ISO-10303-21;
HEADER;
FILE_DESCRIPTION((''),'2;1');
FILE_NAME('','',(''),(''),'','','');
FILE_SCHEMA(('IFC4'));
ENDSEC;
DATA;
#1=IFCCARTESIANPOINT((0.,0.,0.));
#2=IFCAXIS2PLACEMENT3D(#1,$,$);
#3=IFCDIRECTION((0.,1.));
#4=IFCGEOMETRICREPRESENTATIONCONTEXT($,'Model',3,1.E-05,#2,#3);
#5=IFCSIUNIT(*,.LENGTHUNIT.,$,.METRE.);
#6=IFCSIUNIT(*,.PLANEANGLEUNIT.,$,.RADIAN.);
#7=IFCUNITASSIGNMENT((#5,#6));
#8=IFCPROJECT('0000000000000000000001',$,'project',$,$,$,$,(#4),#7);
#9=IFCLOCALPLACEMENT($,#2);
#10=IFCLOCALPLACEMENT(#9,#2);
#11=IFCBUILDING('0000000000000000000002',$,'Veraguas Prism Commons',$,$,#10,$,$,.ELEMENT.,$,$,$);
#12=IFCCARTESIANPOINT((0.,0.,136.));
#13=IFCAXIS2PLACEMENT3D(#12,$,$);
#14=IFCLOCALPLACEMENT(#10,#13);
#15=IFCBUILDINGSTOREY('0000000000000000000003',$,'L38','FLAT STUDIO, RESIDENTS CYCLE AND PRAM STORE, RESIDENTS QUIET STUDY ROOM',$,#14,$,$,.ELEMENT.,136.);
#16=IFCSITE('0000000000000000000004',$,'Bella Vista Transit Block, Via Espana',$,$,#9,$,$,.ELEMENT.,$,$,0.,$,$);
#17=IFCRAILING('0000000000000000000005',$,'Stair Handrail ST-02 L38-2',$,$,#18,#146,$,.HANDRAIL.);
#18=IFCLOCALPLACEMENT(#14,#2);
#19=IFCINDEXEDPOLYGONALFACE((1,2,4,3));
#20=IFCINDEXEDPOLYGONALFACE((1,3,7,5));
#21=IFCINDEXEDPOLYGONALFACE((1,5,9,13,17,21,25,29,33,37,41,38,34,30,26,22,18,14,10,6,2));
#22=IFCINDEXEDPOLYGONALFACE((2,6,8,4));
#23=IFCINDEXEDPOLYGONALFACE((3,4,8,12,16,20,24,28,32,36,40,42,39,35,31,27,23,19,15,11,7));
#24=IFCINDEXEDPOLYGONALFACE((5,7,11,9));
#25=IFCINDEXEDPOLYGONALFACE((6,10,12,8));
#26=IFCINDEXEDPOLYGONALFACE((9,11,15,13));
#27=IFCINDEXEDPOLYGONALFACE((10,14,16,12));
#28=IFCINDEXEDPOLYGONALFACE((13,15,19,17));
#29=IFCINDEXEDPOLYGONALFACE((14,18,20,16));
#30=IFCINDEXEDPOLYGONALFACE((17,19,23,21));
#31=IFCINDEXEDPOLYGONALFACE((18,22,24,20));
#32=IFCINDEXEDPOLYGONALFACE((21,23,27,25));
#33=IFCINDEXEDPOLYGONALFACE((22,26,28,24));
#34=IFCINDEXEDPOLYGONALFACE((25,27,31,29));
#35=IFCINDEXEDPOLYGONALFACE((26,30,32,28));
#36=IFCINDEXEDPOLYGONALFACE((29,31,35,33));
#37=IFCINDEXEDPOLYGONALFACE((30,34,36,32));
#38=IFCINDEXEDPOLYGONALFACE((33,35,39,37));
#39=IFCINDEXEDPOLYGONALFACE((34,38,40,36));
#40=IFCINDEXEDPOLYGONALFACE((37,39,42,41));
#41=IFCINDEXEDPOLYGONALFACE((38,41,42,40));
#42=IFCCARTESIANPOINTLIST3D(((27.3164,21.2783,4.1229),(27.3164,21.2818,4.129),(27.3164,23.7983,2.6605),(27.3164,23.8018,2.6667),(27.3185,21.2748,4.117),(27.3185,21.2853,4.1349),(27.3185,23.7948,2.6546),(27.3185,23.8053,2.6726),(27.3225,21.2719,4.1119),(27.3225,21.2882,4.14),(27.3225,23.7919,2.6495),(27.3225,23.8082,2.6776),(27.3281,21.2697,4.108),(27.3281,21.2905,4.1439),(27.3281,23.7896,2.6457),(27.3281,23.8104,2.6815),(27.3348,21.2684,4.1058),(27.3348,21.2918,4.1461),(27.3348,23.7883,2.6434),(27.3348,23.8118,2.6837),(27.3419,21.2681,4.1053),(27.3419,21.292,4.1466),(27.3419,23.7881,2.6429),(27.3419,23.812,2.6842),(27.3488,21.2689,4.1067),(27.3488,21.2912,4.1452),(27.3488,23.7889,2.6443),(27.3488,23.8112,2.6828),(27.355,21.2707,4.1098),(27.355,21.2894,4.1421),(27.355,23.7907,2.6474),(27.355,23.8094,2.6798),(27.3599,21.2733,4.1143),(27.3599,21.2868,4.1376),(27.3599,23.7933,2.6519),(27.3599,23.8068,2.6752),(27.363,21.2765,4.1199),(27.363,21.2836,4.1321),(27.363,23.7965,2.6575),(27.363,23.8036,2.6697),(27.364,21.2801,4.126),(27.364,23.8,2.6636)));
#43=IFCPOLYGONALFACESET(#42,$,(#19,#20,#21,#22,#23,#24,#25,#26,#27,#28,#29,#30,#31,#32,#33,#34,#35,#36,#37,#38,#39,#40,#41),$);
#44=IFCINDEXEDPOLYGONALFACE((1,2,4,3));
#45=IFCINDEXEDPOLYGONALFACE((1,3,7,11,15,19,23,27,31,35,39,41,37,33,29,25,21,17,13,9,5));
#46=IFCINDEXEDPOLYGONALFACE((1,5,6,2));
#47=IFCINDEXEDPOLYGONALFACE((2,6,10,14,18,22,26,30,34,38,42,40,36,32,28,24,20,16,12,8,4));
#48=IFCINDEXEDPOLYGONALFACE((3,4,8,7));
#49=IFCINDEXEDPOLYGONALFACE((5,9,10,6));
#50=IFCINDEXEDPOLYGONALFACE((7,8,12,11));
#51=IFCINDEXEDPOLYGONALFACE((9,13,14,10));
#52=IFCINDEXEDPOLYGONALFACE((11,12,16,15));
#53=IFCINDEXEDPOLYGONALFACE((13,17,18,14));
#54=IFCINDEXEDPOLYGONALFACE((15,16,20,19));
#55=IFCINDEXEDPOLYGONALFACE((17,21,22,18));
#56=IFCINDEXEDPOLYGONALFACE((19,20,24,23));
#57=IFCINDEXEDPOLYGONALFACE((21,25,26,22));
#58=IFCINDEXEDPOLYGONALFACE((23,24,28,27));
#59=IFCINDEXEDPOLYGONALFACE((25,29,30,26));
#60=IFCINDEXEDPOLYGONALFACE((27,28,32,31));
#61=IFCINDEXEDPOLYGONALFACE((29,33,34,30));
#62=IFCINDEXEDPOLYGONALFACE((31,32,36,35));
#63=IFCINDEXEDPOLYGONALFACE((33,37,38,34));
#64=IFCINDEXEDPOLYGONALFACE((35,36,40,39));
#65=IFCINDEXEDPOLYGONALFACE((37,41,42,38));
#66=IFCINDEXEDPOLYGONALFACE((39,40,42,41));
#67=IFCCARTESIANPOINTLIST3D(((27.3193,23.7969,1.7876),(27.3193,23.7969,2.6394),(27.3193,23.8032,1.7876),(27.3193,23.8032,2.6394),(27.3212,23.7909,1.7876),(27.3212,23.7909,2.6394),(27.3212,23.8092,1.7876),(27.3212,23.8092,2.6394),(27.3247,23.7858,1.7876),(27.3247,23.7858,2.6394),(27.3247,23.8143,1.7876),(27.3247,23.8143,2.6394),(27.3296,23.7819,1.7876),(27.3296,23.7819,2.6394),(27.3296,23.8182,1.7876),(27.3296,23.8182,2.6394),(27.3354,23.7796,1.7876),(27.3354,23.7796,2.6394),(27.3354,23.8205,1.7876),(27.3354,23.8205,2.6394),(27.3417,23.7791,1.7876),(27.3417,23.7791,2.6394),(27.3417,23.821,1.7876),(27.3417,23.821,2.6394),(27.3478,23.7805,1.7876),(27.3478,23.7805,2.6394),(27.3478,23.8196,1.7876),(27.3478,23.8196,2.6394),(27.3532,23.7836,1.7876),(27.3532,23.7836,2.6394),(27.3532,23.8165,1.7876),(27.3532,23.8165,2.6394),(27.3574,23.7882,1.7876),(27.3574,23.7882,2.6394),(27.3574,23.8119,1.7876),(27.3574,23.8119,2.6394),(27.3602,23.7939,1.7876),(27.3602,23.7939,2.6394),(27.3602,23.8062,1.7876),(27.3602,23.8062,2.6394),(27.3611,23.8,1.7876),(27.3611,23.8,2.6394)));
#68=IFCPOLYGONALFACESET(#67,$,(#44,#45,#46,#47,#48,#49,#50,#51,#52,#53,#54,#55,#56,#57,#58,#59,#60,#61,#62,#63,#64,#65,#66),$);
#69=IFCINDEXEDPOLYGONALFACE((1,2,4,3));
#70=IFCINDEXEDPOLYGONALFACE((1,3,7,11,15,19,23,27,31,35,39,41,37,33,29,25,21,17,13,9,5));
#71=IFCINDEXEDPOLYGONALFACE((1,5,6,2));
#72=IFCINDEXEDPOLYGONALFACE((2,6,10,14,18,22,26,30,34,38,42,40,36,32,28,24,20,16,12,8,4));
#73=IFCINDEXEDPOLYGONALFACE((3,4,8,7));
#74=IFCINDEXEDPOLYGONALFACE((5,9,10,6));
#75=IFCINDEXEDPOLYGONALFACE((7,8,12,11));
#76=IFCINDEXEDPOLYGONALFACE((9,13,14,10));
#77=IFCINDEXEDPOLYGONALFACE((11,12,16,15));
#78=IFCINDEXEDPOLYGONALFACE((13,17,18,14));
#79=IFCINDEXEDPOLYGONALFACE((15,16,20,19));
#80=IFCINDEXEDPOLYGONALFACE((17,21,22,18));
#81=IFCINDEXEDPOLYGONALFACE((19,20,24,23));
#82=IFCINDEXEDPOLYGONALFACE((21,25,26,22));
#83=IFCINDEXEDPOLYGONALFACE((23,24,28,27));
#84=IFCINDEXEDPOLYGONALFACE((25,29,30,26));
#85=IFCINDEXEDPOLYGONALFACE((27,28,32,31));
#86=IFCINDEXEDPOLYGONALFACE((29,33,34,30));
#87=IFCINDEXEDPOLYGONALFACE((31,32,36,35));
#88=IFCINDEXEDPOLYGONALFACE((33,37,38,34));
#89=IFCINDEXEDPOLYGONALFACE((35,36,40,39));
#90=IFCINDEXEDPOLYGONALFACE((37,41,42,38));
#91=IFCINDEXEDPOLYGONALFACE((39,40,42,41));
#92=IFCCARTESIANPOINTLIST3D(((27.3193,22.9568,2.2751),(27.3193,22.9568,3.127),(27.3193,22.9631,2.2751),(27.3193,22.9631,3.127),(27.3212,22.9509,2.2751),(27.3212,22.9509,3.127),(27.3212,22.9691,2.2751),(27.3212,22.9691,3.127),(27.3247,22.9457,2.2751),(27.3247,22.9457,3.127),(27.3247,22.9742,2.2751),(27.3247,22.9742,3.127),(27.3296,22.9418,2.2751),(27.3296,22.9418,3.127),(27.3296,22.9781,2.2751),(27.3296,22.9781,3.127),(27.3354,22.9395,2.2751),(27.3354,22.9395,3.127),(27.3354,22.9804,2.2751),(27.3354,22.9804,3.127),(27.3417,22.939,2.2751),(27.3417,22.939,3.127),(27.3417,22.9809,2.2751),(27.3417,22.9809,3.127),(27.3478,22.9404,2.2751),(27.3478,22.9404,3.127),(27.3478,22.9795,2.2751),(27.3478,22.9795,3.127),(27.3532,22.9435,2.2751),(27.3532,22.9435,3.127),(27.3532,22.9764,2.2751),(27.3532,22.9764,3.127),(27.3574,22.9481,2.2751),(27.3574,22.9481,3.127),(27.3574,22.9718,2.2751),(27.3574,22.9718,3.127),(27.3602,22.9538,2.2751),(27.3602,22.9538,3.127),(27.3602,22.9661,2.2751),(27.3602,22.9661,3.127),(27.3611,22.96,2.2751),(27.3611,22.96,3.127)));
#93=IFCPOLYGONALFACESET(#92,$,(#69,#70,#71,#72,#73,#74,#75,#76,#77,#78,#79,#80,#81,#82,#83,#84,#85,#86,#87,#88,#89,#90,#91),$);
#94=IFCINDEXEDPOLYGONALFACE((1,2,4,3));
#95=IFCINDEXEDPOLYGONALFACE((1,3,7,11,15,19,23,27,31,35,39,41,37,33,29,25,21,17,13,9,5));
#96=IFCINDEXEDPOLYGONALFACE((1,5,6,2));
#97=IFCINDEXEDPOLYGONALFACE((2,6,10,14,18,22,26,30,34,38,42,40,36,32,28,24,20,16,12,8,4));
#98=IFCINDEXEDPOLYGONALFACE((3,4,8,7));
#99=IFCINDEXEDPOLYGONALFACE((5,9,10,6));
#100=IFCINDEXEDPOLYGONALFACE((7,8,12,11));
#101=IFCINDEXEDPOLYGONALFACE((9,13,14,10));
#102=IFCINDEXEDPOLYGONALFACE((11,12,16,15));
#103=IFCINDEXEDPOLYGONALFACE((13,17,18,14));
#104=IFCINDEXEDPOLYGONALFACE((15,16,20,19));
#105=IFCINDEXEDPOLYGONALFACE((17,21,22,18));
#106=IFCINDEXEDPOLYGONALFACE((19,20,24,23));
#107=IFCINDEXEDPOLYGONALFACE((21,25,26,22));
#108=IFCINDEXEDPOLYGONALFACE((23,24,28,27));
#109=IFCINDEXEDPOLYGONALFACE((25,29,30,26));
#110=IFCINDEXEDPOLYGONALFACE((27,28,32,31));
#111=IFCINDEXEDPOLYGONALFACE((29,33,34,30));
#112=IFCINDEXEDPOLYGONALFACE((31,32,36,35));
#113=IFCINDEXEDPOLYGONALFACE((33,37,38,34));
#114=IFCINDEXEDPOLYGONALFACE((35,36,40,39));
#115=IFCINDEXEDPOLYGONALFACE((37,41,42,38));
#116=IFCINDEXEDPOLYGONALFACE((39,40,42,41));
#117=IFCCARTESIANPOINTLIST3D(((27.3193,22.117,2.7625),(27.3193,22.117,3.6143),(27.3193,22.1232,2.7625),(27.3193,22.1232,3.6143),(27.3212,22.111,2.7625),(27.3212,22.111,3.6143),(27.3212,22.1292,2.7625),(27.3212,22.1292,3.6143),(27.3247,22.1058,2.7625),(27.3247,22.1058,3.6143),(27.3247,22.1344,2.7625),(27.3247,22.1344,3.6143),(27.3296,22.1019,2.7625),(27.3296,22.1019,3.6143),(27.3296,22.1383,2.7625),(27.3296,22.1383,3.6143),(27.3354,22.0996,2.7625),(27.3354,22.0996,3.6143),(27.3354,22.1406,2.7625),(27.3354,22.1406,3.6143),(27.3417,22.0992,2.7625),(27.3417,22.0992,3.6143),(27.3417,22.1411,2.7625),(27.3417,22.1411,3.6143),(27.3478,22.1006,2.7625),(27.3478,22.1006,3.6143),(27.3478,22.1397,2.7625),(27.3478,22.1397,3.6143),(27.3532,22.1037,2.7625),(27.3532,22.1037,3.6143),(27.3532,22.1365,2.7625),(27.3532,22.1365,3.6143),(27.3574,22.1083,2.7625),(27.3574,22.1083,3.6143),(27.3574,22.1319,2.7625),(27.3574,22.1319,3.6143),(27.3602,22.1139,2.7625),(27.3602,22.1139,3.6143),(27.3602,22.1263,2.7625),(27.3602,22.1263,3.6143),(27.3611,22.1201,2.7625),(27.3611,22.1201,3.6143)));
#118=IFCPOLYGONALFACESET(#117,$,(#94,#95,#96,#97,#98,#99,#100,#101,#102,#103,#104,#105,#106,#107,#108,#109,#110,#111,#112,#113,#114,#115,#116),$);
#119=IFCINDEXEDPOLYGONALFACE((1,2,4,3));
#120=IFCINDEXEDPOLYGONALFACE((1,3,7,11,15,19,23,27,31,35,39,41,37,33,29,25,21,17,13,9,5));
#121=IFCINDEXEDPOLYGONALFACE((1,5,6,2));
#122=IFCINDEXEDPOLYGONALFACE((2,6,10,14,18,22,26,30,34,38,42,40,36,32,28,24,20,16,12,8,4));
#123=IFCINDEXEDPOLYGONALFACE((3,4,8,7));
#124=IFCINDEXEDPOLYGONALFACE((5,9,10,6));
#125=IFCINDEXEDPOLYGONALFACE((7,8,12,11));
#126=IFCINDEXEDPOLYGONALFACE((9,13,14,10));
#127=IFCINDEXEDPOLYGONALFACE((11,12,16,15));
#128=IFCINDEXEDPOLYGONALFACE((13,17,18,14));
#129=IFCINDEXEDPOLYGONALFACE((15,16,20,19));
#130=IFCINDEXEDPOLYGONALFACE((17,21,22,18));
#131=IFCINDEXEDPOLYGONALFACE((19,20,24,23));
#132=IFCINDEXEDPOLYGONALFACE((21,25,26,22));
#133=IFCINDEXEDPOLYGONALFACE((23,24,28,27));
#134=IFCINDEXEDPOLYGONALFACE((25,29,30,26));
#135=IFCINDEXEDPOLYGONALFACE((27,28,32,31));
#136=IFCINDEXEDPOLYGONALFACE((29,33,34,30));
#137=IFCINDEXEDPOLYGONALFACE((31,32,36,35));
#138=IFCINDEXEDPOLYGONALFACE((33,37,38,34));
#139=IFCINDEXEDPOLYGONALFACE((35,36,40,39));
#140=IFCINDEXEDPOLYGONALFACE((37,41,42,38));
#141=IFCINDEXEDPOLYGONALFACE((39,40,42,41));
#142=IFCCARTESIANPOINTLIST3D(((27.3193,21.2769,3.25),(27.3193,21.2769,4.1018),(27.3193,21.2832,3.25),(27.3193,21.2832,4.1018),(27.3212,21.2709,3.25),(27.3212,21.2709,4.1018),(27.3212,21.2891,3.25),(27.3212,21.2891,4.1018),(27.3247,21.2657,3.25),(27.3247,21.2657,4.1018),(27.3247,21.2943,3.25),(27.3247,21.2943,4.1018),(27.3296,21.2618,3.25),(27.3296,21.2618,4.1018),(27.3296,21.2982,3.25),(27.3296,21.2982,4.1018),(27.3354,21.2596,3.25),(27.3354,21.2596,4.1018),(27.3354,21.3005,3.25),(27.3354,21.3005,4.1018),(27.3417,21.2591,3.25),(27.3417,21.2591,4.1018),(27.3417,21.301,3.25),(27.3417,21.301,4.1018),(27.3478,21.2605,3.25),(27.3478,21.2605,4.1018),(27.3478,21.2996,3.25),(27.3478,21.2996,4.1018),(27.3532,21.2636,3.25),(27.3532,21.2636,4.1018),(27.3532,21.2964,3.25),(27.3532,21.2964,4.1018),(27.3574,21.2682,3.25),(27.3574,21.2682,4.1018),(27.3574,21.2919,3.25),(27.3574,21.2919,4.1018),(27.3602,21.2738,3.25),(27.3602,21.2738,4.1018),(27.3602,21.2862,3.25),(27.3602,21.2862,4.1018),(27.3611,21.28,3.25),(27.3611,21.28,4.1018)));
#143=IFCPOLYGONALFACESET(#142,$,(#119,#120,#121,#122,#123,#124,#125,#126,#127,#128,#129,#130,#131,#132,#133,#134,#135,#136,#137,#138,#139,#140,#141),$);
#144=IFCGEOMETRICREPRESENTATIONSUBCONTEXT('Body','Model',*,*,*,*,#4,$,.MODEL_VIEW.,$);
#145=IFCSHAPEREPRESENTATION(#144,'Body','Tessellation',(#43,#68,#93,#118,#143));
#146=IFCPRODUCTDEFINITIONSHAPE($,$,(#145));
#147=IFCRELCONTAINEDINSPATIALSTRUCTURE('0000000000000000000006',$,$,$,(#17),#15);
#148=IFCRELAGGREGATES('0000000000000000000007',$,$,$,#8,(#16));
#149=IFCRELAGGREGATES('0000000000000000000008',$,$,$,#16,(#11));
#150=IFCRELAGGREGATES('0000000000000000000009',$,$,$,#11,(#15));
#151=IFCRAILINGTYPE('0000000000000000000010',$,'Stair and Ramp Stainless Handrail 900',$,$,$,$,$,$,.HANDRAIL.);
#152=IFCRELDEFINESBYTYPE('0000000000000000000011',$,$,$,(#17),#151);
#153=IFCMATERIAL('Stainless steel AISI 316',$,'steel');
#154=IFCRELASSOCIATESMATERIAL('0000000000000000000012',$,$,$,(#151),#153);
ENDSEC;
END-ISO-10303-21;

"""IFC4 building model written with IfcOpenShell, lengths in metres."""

from ifc_helpers import new_model, si_unit, direction, frame, origin, origin_2d, place, context, subcontext, project, spatial, circle, extrude, material, type_object, element, save


model = new_model("IFC4")

# Units and contexts
model_context = context("Model", 3, precision=1e-05, world=origin(), true_north=direction((0.0, 1.0)))
body_context = subcontext(model_context, "Body", "Model", "MODEL_VIEW")
ifc_project = project(units=[si_unit("LENGTHUNIT", "METRE"), si_unit("PLANEANGLEUNIT", "RADIAN")], contexts=[model_context])

# Site, building, storey
site_placement = place(None, origin())
site = spatial("IfcSite", under=ifc_project, at=site_placement, Name="Bella Vista Transit Block, Via Espana", CompositionType="ELEMENT", RefElevation=0.0)
building_placement = place(site_placement, origin())
building = spatial("IfcBuilding", under=site, at=building_placement, Name="Veraguas Prism Commons", CompositionType="ELEMENT")
storey_placement = place(building_placement, frame((0.0, 0.0, 136.0)))
storey = spatial("IfcBuildingStorey", under=building, at=storey_placement, Name="L38", Description="FLAT STUDIO, RESIDENTS CYCLE AND PRAM STORE, RESIDENTS QUIET STUDY ROOM", CompositionType="ELEMENT", Elevation=136.0)

# Shared definitions
ifc_material_1 = material(Name="Stainless steel AISI 316", Category="steel")

# Railing
railing_type_1 = type_object("IfcRailingType", Name="Stair and Ramp Stainless Handrail 900", PredefinedType="HANDRAIL", material=ifc_material_1)
railing_1_placement = place(storey_placement, frame((27.3401, 23.8, 1.7876)))
element("IfcRailing", 1, at=railing_1_placement, inside=storey, type_object=railing_type_1, Name="Stair Handrail ST-02 L38-2", PredefinedType="HANDRAIL", context=body_context, shape_type="SweptSolid", body=[
    extrude(circle(Radius=0.0239, at=origin_2d()), frame((0.0, 0.0, 0.876), z_axis=(0.0, -0.864913, 0.501921), x_axis=(1.0, 0.0, 0.0)), (0.0, 0.0, 1.0), 2.9136),
    extrude(circle(Radius=0.021, at=origin_2d()), origin(), (0.0, 0.0, 1.0), 0.8518),
    extrude(circle(Radius=0.021, at=origin_2d()), frame((0.0, -0.8401, 0.4875)), (0.0, 0.0, 1.0), 0.8518),
    extrude(circle(Radius=0.021, at=origin_2d()), frame((0.0, -1.6799, 0.9749)), (0.0, 0.0, 1.0), 0.8518),
    extrude(circle(Radius=0.021, at=origin_2d()), frame((0.0, -2.52, 1.4624)), (0.0, 0.0, 1.0), 0.8518),
])

save(model, "model.ifc")
